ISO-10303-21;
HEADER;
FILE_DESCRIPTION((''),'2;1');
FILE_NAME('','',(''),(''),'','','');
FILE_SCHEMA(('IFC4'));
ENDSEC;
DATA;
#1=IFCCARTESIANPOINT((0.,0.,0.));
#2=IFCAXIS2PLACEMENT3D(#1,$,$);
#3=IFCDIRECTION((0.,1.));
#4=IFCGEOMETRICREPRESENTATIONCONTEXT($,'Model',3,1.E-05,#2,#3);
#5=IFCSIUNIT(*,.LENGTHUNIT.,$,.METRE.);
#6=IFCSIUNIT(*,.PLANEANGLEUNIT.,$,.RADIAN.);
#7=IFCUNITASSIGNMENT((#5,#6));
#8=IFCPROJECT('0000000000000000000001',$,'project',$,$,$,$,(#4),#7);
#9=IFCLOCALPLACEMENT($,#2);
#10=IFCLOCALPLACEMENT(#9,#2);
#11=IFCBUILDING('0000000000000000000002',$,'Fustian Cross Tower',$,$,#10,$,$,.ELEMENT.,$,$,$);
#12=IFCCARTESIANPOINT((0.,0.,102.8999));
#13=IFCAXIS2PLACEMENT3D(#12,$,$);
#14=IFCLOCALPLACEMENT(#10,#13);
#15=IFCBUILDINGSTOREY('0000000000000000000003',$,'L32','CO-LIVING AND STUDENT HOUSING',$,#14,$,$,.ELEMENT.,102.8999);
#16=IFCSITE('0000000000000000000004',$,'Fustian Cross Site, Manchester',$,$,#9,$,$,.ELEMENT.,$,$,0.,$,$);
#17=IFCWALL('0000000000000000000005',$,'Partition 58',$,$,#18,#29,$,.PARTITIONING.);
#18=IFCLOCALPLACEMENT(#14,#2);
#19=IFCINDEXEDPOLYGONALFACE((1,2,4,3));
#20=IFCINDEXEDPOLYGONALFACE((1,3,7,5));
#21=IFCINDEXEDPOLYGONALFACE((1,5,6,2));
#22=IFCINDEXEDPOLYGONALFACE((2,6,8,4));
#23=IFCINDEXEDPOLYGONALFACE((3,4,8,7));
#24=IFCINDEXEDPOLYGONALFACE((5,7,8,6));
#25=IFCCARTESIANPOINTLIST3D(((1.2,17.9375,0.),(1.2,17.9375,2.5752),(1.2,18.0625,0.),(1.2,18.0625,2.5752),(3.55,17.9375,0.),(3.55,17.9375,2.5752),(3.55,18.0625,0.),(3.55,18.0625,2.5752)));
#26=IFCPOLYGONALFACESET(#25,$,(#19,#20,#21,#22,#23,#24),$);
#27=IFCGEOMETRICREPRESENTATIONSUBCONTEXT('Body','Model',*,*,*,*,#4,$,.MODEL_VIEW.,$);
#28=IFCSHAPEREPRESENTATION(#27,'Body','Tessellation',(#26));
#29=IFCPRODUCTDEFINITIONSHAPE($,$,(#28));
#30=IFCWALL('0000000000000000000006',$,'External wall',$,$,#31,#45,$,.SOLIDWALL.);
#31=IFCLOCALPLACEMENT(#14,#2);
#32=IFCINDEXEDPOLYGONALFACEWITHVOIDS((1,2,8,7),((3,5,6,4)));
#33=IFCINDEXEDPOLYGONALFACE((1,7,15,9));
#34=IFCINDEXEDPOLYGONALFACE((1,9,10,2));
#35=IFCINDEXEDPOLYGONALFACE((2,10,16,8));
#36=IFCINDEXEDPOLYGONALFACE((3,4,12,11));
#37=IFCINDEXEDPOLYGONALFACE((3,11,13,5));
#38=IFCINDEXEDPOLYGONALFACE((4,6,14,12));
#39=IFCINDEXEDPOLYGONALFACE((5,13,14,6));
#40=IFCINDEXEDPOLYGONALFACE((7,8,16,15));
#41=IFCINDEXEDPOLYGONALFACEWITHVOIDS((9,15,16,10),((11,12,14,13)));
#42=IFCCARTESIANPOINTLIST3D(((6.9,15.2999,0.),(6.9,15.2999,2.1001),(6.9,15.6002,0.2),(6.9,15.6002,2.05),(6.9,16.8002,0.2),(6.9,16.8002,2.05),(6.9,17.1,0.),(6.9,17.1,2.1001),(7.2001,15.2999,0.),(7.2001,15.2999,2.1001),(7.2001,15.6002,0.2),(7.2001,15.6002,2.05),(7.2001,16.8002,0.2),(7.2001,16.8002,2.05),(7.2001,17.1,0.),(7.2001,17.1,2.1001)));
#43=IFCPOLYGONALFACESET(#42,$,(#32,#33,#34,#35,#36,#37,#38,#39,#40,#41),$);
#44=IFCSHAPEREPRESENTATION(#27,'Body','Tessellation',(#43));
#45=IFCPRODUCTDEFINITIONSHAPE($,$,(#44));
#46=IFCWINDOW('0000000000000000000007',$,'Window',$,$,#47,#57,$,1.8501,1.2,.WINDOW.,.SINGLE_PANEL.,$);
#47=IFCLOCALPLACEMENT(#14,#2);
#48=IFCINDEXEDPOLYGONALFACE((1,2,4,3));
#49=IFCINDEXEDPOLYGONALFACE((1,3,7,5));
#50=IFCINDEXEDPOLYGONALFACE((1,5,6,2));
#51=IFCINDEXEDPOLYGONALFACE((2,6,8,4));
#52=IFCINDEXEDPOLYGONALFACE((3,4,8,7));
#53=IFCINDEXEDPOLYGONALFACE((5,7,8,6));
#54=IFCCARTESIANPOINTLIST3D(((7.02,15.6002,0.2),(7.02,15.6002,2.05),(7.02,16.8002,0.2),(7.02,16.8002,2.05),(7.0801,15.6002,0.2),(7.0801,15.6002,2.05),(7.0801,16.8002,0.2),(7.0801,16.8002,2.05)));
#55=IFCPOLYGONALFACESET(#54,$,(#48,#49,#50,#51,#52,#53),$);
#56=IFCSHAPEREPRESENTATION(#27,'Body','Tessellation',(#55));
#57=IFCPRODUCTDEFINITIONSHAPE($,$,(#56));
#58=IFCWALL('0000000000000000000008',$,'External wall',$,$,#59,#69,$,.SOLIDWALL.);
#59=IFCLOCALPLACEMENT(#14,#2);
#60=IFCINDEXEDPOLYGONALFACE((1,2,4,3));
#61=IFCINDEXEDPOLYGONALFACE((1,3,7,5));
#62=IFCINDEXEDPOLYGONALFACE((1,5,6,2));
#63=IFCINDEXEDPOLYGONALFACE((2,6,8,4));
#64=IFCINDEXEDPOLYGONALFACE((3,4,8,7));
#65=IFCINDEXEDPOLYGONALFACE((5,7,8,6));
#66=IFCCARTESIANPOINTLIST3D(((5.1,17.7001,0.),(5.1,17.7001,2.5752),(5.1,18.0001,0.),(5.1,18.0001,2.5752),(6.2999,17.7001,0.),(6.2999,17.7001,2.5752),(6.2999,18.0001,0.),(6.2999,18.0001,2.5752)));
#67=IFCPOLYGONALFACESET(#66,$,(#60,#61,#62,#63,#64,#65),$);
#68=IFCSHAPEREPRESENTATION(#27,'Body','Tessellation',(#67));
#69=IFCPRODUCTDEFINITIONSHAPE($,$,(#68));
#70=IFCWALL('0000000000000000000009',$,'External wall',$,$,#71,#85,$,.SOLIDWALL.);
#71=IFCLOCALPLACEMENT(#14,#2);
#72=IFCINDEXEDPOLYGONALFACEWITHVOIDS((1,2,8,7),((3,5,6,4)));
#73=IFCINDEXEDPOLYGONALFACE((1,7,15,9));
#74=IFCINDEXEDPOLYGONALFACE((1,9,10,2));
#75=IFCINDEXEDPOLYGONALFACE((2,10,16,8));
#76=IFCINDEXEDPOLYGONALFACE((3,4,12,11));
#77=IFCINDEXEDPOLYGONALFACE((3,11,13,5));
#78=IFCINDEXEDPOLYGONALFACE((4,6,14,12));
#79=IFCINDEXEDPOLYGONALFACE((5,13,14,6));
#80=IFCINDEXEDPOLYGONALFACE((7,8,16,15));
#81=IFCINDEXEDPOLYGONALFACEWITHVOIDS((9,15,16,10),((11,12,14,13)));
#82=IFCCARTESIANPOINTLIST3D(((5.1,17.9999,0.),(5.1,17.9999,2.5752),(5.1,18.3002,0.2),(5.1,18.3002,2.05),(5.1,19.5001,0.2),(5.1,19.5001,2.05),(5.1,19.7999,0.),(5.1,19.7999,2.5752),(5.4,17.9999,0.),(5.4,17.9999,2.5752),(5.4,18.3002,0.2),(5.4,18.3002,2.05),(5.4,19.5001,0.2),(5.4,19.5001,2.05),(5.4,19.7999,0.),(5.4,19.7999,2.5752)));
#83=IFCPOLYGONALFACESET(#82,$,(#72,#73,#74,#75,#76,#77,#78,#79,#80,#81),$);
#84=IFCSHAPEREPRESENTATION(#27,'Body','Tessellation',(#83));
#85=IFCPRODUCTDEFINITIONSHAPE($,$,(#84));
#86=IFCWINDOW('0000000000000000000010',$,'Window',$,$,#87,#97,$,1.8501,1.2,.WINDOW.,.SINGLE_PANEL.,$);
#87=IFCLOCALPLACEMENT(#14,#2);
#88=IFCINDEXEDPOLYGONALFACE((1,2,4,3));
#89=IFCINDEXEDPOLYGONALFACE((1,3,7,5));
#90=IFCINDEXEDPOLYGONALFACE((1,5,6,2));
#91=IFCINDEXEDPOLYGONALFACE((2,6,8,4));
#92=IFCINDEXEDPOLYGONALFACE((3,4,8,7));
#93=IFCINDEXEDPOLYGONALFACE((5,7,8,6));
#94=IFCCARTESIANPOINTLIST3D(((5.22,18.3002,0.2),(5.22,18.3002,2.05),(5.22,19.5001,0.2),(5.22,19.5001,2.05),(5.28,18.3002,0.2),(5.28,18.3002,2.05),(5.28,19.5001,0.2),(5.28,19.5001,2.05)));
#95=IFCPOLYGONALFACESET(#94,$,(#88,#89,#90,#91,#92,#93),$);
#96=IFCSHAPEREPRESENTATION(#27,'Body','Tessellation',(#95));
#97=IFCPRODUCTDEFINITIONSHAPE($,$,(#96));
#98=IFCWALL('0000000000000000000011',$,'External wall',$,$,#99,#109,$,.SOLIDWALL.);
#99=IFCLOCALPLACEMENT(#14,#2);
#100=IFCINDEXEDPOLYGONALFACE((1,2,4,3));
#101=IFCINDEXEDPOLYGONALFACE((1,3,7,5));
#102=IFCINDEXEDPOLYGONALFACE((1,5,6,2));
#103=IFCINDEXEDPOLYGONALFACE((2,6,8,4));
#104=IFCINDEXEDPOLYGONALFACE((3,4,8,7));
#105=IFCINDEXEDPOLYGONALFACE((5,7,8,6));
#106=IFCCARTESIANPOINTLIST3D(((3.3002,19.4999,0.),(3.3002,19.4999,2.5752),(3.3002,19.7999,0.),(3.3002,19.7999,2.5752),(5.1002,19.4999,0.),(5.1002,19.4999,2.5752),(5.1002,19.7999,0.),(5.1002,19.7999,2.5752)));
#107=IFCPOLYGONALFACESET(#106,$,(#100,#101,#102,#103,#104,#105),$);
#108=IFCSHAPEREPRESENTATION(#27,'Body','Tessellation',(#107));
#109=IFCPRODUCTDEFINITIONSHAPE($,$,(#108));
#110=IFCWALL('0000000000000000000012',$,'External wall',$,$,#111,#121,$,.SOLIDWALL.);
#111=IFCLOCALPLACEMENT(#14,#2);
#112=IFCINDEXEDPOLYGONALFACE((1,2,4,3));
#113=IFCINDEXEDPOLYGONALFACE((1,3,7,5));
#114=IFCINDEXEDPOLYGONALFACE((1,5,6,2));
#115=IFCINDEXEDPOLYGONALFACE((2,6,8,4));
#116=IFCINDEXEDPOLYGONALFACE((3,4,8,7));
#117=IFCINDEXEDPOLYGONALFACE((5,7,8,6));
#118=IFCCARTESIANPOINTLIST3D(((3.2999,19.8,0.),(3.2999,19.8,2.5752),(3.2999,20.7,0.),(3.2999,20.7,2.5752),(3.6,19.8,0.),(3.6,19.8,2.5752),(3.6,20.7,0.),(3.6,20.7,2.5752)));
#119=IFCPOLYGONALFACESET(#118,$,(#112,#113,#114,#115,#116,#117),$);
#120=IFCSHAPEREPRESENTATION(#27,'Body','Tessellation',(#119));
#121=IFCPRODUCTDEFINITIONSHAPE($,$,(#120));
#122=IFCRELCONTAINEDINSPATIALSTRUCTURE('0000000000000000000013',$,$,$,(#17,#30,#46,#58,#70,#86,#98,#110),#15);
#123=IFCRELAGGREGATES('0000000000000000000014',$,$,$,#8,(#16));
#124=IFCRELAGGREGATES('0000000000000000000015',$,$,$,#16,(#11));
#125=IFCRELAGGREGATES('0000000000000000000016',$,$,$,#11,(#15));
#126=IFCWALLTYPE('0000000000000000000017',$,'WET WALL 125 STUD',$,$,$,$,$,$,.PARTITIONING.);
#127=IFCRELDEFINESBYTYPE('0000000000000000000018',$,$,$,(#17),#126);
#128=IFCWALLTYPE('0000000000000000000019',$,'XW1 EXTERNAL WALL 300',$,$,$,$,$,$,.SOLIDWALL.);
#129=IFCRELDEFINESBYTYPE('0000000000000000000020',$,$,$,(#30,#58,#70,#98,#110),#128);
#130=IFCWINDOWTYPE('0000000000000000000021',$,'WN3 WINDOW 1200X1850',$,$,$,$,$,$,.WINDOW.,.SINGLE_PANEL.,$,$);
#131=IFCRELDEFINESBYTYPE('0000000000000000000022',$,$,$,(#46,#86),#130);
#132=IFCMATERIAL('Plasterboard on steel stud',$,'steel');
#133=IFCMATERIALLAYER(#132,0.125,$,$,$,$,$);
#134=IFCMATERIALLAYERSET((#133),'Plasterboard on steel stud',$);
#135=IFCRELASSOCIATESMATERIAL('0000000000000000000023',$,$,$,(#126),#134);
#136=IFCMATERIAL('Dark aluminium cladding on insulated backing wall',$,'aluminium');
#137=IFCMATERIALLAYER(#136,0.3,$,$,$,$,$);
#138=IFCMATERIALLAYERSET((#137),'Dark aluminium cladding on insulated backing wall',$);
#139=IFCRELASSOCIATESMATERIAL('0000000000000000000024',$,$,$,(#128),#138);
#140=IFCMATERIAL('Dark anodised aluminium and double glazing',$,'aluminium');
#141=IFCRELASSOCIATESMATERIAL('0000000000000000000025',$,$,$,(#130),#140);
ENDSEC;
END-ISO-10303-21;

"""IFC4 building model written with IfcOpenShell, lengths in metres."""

from ifc_helpers import new_model, si_unit, direction, frame, frame_2d, origin, place, context, subcontext, project, spatial, rectangle, extrude, material, layer, layer_set, type_object, element, fill, save


model = new_model("IFC4")

# Units and contexts
model_context = context("Model", 3, precision=1e-05, world=origin(), true_north=direction((0.0, 1.0)))
body_context = subcontext(model_context, "Body", "Model", "MODEL_VIEW")
ifc_project = project(units=[si_unit("LENGTHUNIT", "METRE"), si_unit("PLANEANGLEUNIT", "RADIAN")], contexts=[model_context])

# Site, building, storey
site_placement = place(None, origin())
site = spatial("IfcSite", under=ifc_project, at=site_placement, Name="Fustian Cross Site, Manchester", CompositionType="ELEMENT", RefElevation=0.0)
building_placement = place(site_placement, origin())
building = spatial("IfcBuilding", under=site, at=building_placement, Name="Fustian Cross Tower", CompositionType="ELEMENT")
storey_placement = place(building_placement, frame((0.0, 0.0, 102.8999)))
storey = spatial("IfcBuildingStorey", under=building, at=storey_placement, Name="L32", Description="CO-LIVING AND STUDENT HOUSING", CompositionType="ELEMENT", Elevation=102.8999)

# Wall
ifc_material_1 = material(Name="Plasterboard on steel stud", Category="steel")
ifc_layer_1 = layer(ifc_material_1, 0.125)
ifc_layer_set_1 = layer_set([ifc_layer_1], Name="Plasterboard on steel stud")
wall_type_1 = type_object("IfcWallType", Name="WET WALL 125 STUD", PredefinedType="PARTITIONING", material=ifc_layer_set_1)
wall_1_placement = place(storey_placement, frame((1.2, 18.0, 0.0), z_axis=(0.0, 0.0, 1.0), x_axis=(1.0, 0.0, 0.0)))
element("IfcWall", 1, at=wall_1_placement, inside=storey, type_object=wall_type_1, Name="Partition 58", PredefinedType="PARTITIONING", context=body_context, shape_type="SweptSolid", body=[
    extrude(rectangle(XDim=2.3501, YDim=0.125, at=frame_2d((1.175, 0.0))), origin(), (0.0, 0.0, 1.0), 2.5752),
])

# Wall, opening, window
ifc_material_2 = material(Name="Dark aluminium cladding on insulated backing wall", Category="aluminium")
ifc_layer_2 = layer(ifc_material_2, 0.3)
ifc_layer_set_2 = layer_set([ifc_layer_2], Name="Dark aluminium cladding on insulated backing wall")
wall_type_2 = type_object("IfcWallType", Name="XW1 EXTERNAL WALL 300", PredefinedType="SOLIDWALL", material=ifc_layer_set_2)
wall_2_placement = place(storey_placement, frame((7.05, 15.3, 0.0), z_axis=(0.0, 0.0, 1.0), x_axis=(0.0, 1.0, 0.0)))
wall_2 = element("IfcWall", 2, at=wall_2_placement, inside=storey, type_object=wall_type_2, Name="External wall", PredefinedType="SOLIDWALL", context=body_context, shape_type="SweptSolid", body=[
    extrude(rectangle(XDim=1.8, YDim=0.3, at=frame_2d((0.8999, 0.0))), origin(), (0.0, 0.0, 1.0), 2.1001),
])
opening_1_placement = place(wall_2_placement, frame((0.3, 0.0, 0.2)))
opening_1 = element("IfcOpeningElement", 3, at=opening_1_placement, cuts=wall_2, PredefinedType="OPENING", context=body_context, shape_type="SweptSolid", body=[
    extrude(rectangle(XDim=1.2, YDim=1.8501, at=frame_2d((0.6001, 0.925))), frame((0.0, 0.1599, 0.0), z_axis=(0.0, -1.0, 0.0), x_axis=(1.0, 0.0, 0.0)), (0.0, 0.0, 1.0), 0.3201),
])
ifc_material_3 = material(Name="Dark anodised aluminium and double glazing", Category="aluminium")
window_type_1 = type_object("IfcWindowType", Name="WN3 WINDOW 1200X1850", PartitioningType="SINGLE_PANEL", PredefinedType="WINDOW", material=ifc_material_3)
window_1_placement = place(opening_1_placement, origin())
window_1 = element("IfcWindow", 4, at=window_1_placement, inside=storey, type_object=window_type_1, Name="Window", OverallHeight=1.8501, OverallWidth=1.2, PartitioningType="SINGLE_PANEL", PredefinedType="WINDOW", context=body_context, shape_type="SweptSolid", body=[
    extrude(rectangle(XDim=1.2, YDim=1.8501, at=frame_2d((0.6001, 0.925))), frame((0.0, 0.03, 0.0), z_axis=(0.0, -1.0, 0.0), x_axis=(1.0, 0.0, 0.0)), (0.0, 0.0, 1.0), 0.0601),
])
fill(opening_1, window_1)

# Wall
wall_3_placement = place(storey_placement, frame((6.3, 17.8501, 0.0), z_axis=(0.0, 0.0, 1.0), x_axis=(-1.0, 0.0, 0.0)))
element("IfcWall", 5, at=wall_3_placement, inside=storey, type_object=wall_type_2, Name="External wall", PredefinedType="SOLIDWALL", context=body_context, shape_type="SweptSolid", body=[
    extrude(rectangle(XDim=1.2, YDim=0.3, at=frame_2d((0.6001, 0.0))), origin(), (0.0, 0.0, 1.0), 2.5752),
])

# Wall, opening, window
wall_4_placement = place(storey_placement, frame((5.25, 18.0, 0.0), z_axis=(0.0, 0.0, 1.0), x_axis=(0.0, 1.0, 0.0)))
wall_4 = element("IfcWall", 6, at=wall_4_placement, inside=storey, type_object=wall_type_2, Name="External wall", PredefinedType="SOLIDWALL", context=body_context, shape_type="SweptSolid", body=[
    extrude(rectangle(XDim=1.8, YDim=0.3, at=frame_2d((0.8999, 0.0))), origin(), (0.0, 0.0, 1.0), 2.5752),
])
opening_2_placement = place(wall_4_placement, frame((0.3, 0.0, 0.2)))
opening_2 = element("IfcOpeningElement", 7, at=opening_2_placement, cuts=wall_4, PredefinedType="OPENING", context=body_context, shape_type="SweptSolid", body=[
    extrude(rectangle(XDim=1.2, YDim=1.8501, at=frame_2d((0.6001, 0.925))), frame((0.0, 0.1599, 0.0), z_axis=(0.0, -1.0, 0.0), x_axis=(1.0, 0.0, 0.0)), (0.0, 0.0, 1.0), 0.3201),
])
window_2_placement = place(opening_2_placement, origin())
window_2 = element("IfcWindow", 8, at=window_2_placement, inside=storey, type_object=window_type_1, Name="Window", OverallHeight=1.8501, OverallWidth=1.2, PartitioningType="SINGLE_PANEL", PredefinedType="WINDOW", context=body_context, shape_type="SweptSolid", body=[
    extrude(rectangle(XDim=1.2, YDim=1.8501, at=frame_2d((0.6001, 0.925))), frame((0.0, 0.03, 0.0), z_axis=(0.0, -1.0, 0.0), x_axis=(1.0, 0.0, 0.0)), (0.0, 0.0, 1.0), 0.0601),
])
fill(opening_2, window_2)

# Walls
wall_5_placement = place(storey_placement, frame((5.1001, 19.6499, 0.0), z_axis=(0.0, 0.0, 1.0), x_axis=(-1.0, 0.0, 0.0)))
element("IfcWall", 9, at=wall_5_placement, inside=storey, type_object=wall_type_2, Name="External wall", PredefinedType="SOLIDWALL", context=body_context, shape_type="SweptSolid", body=[
    extrude(rectangle(XDim=1.8, YDim=0.3, at=frame_2d((0.8999, 0.0))), origin(), (0.0, 0.0, 1.0), 2.5752),
])
wall_6_placement = place(storey_placement, frame((3.45, 19.8, 0.0), z_axis=(0.0, 0.0, 1.0), x_axis=(0.0, 1.0, 0.0)))
element("IfcWall", 10, at=wall_6_placement, inside=storey, type_object=wall_type_2, Name="External wall", PredefinedType="SOLIDWALL", context=body_context, shape_type="SweptSolid", body=[
    extrude(rectangle(XDim=0.8999, YDim=0.3, at=frame_2d((0.45, 0.0))), origin(), (0.0, 0.0, 1.0), 2.5752),
])

save(model, "model.ifc")
